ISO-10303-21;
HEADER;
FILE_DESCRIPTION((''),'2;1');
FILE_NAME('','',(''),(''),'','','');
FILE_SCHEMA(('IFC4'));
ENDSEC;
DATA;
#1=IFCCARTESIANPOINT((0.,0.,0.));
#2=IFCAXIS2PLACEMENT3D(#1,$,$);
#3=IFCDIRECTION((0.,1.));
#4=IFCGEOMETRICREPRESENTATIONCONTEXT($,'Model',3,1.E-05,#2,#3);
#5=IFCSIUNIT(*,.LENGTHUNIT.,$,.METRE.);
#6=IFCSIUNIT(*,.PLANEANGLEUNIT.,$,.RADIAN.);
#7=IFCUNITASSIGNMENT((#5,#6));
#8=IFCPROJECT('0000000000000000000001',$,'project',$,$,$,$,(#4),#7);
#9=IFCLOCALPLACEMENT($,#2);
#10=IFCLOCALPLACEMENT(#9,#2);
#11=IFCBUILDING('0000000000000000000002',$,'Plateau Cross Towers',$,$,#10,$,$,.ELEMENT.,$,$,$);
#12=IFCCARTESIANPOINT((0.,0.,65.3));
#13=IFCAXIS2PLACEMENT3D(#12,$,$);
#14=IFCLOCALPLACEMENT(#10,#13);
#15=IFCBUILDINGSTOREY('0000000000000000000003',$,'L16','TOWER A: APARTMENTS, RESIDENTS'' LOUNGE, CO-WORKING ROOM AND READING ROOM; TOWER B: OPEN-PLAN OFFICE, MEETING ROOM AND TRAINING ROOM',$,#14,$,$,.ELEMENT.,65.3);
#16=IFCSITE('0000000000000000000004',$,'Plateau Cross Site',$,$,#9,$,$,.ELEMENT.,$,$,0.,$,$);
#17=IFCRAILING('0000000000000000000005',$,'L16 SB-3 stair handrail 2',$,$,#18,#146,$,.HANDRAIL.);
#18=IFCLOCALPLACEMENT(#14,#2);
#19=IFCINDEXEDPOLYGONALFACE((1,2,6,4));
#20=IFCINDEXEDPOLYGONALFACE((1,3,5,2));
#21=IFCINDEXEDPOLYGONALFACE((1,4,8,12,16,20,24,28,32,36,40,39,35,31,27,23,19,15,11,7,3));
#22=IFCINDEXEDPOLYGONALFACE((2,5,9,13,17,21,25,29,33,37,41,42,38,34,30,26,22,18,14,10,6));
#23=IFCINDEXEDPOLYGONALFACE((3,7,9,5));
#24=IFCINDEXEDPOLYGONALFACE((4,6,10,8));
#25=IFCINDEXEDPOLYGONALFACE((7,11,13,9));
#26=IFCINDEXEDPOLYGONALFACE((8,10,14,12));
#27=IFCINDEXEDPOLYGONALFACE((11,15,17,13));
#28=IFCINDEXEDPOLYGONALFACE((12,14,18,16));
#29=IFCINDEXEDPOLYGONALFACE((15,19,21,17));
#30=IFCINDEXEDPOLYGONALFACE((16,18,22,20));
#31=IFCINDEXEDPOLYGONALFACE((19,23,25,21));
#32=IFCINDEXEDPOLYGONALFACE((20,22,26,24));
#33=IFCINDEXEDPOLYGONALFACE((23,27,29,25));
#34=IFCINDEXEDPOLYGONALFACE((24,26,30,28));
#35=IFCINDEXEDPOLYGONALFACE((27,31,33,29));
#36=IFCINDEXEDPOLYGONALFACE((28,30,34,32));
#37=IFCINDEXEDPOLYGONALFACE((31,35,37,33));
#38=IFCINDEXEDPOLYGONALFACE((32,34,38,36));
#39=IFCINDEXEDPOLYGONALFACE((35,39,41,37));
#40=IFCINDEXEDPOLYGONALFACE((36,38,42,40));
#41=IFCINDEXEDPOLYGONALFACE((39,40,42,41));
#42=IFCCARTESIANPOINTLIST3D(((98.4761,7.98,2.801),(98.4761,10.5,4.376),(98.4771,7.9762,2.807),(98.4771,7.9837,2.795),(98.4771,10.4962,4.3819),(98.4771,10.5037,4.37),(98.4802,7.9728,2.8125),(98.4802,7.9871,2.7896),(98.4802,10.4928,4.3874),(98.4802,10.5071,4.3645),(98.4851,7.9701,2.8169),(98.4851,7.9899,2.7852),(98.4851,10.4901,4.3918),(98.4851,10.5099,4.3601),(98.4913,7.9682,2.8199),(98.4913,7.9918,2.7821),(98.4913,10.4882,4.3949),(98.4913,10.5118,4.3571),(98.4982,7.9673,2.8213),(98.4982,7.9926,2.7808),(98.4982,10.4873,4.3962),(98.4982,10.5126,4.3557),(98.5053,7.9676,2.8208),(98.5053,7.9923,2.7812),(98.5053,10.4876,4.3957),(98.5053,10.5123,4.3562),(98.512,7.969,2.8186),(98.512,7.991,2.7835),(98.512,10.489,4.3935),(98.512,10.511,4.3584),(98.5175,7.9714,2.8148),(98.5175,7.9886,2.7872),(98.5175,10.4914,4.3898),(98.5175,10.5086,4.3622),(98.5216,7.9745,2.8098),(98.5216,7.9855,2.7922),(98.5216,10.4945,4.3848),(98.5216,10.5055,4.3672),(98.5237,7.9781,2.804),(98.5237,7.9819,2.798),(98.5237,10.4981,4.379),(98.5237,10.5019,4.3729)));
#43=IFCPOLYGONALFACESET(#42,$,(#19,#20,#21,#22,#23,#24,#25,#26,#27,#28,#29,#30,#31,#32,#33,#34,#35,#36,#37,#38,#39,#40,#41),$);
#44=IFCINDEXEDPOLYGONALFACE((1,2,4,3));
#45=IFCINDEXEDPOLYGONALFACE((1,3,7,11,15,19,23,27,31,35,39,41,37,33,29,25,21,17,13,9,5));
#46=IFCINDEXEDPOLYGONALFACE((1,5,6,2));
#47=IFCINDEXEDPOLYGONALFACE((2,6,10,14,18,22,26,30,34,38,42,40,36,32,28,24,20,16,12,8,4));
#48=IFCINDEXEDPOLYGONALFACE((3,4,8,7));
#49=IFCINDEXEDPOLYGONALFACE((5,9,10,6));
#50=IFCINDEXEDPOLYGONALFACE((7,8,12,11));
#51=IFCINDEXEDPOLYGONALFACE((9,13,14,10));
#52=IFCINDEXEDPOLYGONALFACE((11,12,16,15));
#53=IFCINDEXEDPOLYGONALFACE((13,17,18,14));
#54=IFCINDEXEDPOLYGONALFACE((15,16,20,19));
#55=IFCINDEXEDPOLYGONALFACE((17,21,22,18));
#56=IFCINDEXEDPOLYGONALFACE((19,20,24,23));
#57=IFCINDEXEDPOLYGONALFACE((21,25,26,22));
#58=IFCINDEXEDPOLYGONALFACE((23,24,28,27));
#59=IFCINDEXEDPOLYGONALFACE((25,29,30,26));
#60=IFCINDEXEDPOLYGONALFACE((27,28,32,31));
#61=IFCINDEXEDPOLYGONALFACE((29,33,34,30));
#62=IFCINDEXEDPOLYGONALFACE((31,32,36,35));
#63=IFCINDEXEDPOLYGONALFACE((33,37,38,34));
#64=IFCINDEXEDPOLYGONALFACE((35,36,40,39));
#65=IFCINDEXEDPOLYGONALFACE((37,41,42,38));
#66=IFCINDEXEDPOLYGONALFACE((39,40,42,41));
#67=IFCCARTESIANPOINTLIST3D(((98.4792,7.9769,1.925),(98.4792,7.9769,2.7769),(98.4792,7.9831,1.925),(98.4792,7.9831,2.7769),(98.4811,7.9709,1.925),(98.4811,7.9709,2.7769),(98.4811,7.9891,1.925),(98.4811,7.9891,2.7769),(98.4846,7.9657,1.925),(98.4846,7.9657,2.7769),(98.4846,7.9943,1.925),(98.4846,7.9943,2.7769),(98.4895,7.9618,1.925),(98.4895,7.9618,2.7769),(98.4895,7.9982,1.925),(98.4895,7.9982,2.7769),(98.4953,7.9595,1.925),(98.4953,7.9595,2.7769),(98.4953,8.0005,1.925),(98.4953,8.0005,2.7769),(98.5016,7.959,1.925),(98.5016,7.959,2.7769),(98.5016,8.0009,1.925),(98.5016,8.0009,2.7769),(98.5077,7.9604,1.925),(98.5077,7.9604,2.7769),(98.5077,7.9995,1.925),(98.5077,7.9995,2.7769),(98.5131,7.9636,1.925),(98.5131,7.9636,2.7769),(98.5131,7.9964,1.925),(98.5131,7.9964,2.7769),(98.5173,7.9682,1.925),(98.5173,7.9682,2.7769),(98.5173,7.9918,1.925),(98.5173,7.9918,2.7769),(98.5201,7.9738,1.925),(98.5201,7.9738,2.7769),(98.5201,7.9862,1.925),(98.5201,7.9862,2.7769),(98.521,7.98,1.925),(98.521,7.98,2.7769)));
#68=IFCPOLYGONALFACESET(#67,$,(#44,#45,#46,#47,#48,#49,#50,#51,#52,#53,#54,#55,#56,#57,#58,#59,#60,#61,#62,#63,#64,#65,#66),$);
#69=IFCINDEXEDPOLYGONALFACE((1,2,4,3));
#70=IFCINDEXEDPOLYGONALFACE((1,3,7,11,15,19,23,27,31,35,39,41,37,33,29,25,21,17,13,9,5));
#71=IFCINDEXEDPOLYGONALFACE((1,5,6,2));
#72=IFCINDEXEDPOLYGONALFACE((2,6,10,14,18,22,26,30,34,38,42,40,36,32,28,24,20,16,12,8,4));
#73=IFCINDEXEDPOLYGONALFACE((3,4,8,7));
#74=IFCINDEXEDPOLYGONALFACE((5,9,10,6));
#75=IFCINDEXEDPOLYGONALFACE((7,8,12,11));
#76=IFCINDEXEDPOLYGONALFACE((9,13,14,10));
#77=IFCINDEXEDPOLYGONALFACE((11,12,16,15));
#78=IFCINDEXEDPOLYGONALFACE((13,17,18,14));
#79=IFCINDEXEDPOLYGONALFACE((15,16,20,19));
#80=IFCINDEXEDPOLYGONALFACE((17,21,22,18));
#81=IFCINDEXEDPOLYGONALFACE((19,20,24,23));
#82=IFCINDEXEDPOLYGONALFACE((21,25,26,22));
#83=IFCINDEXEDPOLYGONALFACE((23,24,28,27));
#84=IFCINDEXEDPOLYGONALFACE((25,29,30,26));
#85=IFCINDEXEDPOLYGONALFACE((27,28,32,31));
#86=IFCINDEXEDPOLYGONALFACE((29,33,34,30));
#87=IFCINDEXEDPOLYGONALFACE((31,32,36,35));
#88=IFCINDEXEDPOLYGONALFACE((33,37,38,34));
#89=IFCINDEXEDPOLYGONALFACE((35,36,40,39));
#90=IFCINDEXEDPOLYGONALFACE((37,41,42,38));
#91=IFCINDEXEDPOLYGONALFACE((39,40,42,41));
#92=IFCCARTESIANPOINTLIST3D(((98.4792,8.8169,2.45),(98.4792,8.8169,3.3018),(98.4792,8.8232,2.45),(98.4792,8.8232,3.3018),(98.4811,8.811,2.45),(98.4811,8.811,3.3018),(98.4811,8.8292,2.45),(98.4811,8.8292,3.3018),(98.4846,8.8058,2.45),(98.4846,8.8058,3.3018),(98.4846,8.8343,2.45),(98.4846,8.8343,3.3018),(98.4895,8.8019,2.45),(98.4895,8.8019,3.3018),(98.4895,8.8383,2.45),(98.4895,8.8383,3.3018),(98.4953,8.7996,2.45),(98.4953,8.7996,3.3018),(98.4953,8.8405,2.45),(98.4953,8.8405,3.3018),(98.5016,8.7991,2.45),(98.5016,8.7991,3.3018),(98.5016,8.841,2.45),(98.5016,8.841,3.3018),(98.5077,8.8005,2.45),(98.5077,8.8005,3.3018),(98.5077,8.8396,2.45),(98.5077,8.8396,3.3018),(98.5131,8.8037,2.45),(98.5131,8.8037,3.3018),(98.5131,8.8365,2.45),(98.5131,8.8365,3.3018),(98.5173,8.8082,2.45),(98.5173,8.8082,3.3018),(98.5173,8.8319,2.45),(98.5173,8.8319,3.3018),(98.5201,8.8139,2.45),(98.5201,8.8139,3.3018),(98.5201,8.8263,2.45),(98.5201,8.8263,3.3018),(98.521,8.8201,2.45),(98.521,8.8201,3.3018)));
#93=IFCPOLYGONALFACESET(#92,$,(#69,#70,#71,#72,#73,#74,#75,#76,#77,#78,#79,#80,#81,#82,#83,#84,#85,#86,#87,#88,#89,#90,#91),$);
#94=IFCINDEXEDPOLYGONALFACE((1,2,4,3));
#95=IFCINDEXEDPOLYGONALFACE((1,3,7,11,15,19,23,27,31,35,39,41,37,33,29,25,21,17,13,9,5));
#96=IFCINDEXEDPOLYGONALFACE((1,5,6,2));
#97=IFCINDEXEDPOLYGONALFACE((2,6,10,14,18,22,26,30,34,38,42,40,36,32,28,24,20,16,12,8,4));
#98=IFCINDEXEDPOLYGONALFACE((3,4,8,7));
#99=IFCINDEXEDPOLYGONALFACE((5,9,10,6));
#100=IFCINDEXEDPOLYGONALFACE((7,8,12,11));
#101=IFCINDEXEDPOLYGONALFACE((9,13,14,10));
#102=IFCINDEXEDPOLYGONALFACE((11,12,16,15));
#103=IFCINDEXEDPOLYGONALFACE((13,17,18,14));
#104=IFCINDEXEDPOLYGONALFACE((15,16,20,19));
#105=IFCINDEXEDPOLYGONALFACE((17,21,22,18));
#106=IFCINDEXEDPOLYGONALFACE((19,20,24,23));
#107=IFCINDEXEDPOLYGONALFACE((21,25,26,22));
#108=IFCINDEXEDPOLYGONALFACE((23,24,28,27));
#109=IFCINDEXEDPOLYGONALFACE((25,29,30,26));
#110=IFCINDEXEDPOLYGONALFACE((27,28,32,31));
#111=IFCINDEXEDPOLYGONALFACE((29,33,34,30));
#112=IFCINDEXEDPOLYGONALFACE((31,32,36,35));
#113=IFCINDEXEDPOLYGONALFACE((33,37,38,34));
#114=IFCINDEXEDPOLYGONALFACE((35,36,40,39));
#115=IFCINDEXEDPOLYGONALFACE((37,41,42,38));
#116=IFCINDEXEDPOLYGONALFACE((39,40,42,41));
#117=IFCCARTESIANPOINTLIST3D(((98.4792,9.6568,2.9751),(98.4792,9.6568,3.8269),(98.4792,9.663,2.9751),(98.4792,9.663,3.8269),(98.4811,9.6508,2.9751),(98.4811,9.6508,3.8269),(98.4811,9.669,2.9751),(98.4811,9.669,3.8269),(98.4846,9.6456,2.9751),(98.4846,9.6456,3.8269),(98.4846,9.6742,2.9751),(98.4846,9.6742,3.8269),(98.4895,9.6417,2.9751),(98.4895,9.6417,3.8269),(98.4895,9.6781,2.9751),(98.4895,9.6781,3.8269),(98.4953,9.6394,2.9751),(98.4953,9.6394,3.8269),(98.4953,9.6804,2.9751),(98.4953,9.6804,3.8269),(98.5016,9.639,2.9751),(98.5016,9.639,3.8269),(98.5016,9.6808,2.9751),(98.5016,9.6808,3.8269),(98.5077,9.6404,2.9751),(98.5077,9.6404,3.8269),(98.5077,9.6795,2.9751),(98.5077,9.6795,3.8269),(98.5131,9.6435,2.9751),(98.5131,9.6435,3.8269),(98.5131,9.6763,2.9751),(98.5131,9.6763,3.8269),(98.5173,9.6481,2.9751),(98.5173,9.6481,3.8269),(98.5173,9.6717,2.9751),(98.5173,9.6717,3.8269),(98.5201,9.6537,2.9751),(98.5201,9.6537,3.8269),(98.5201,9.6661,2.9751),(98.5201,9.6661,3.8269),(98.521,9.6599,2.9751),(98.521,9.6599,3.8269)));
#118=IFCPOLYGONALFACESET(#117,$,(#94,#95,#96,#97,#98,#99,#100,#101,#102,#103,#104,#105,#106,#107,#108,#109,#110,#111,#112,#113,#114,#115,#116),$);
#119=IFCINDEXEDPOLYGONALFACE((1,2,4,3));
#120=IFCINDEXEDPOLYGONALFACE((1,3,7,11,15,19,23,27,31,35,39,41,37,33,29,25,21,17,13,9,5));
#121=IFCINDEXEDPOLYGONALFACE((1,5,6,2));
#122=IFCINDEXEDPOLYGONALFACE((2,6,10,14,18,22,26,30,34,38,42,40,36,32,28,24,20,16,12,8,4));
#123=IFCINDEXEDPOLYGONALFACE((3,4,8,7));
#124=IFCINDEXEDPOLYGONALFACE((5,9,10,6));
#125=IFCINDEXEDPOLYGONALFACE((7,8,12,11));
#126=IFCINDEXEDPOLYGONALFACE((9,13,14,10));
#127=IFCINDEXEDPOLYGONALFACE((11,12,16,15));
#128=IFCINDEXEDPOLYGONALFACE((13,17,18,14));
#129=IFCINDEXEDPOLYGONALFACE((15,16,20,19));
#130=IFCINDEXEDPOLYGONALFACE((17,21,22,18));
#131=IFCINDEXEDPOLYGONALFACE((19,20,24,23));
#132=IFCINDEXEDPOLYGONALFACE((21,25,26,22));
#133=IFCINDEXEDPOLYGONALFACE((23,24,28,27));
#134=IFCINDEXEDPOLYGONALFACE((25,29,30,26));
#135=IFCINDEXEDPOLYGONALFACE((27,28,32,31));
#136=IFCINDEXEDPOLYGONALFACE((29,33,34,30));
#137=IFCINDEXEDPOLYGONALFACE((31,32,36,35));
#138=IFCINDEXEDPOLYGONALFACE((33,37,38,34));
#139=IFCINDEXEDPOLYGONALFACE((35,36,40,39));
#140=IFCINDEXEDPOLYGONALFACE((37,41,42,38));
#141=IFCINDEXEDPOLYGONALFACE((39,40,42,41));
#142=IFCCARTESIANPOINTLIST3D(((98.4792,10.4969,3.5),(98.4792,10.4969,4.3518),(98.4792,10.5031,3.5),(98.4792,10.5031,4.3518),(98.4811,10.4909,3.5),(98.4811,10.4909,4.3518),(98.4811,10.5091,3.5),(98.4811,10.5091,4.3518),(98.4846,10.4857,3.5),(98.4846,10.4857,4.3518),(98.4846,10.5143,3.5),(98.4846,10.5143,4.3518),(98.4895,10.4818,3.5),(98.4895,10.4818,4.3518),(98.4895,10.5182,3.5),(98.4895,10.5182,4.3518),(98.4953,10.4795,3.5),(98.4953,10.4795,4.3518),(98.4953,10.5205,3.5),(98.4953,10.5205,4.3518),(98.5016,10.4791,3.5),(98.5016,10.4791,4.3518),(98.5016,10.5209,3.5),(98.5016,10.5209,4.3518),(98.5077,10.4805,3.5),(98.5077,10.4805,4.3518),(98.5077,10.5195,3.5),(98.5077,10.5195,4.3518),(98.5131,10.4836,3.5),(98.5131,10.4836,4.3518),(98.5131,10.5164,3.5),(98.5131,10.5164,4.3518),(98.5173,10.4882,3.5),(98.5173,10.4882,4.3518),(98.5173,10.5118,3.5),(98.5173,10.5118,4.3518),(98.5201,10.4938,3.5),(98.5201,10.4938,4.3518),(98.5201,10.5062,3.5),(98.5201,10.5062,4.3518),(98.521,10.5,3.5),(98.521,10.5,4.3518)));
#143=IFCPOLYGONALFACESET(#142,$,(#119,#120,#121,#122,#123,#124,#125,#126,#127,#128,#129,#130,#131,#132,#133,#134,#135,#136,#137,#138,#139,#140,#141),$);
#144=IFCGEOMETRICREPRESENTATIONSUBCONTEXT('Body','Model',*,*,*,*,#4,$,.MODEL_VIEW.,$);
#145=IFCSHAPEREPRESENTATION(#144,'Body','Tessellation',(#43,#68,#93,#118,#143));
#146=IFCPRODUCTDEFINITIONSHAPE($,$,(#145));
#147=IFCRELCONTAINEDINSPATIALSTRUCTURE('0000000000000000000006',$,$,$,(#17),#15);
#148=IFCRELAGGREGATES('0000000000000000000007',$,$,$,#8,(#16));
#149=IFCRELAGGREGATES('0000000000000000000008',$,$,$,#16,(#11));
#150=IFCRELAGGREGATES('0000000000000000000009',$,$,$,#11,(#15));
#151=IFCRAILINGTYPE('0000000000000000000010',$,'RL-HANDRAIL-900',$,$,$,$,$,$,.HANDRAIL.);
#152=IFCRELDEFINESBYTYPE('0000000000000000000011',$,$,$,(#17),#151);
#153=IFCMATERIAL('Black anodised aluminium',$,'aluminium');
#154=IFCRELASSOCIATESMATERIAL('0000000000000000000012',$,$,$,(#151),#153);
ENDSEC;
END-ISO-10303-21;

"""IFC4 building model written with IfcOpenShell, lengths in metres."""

from ifc_helpers import new_model, si_unit, direction, frame, origin, origin_2d, place, context, subcontext, project, spatial, circle, extrude, material, type_object, element, save


model = new_model("IFC4")

# Units and contexts
model_context = context("Model", 3, precision=1e-05, world=origin(), true_north=direction((0.0, 1.0)))
body_context = subcontext(model_context, "Body", "Model", "MODEL_VIEW")
ifc_project = project(units=[si_unit("LENGTHUNIT", "METRE"), si_unit("PLANEANGLEUNIT", "RADIAN")], contexts=[model_context])

# Site, building, storey
site_placement = place(None, origin())
site = spatial("IfcSite", under=ifc_project, at=site_placement, Name="Plateau Cross Site", CompositionType="ELEMENT", RefElevation=0.0)
building_placement = place(site_placement, origin())
building = spatial("IfcBuilding", under=site, at=building_placement, Name="Plateau Cross Towers", CompositionType="ELEMENT")
storey_placement = place(building_placement, frame((0.0, 0.0, 65.3)))
storey = spatial("IfcBuildingStorey", under=building, at=storey_placement, Name="L16", Description="TOWER A: APARTMENTS, RESIDENTS' LOUNGE, CO-WORKING ROOM AND READING ROOM; TOWER B: OPEN-PLAN OFFICE, MEETING ROOM AND TRAINING ROOM", CompositionType="ELEMENT", Elevation=65.3)

# Shared definitions
ifc_material_1 = material(Name="Black anodised aluminium", Category="aluminium")

# Railing
railing_type_1 = type_object("IfcRailingType", Name="RL-HANDRAIL-900", PredefinedType="HANDRAIL", material=ifc_material_1)
railing_1_placement = place(storey_placement, frame((98.5, 7.98, 1.925)))
element("IfcRailing", 1, at=railing_1_placement, inside=storey, type_object=railing_type_1, Name="L16 SB-3 stair handrail 2", PredefinedType="HANDRAIL", context=body_context, shape_type="SweptSolid", body=[
    extrude(circle(Radius=0.0239, at=origin_2d()), frame((0.0, 0.0, 0.876), z_axis=(0.0, 0.848008, 0.529984), x_axis=(-1.0, 0.0, 0.0)), (0.0, 0.0, 1.0), 2.9717),
    extrude(circle(Radius=0.021, at=origin_2d()), origin(), (0.0, 0.0, 1.0), 0.8518),
    extrude(circle(Radius=0.021, at=origin_2d()), frame((0.0, 0.8401, 0.5249)), (0.0, 0.0, 1.0), 0.8518),
    extrude(circle(Radius=0.021, at=origin_2d()), frame((0.0, 1.6799, 1.05)), (0.0, 0.0, 1.0), 0.8518),
    extrude(circle(Radius=0.021, at=origin_2d()), frame((0.0, 2.52, 1.575)), (0.0, 0.0, 1.0), 0.8518),
])

save(model, "model.ifc")
